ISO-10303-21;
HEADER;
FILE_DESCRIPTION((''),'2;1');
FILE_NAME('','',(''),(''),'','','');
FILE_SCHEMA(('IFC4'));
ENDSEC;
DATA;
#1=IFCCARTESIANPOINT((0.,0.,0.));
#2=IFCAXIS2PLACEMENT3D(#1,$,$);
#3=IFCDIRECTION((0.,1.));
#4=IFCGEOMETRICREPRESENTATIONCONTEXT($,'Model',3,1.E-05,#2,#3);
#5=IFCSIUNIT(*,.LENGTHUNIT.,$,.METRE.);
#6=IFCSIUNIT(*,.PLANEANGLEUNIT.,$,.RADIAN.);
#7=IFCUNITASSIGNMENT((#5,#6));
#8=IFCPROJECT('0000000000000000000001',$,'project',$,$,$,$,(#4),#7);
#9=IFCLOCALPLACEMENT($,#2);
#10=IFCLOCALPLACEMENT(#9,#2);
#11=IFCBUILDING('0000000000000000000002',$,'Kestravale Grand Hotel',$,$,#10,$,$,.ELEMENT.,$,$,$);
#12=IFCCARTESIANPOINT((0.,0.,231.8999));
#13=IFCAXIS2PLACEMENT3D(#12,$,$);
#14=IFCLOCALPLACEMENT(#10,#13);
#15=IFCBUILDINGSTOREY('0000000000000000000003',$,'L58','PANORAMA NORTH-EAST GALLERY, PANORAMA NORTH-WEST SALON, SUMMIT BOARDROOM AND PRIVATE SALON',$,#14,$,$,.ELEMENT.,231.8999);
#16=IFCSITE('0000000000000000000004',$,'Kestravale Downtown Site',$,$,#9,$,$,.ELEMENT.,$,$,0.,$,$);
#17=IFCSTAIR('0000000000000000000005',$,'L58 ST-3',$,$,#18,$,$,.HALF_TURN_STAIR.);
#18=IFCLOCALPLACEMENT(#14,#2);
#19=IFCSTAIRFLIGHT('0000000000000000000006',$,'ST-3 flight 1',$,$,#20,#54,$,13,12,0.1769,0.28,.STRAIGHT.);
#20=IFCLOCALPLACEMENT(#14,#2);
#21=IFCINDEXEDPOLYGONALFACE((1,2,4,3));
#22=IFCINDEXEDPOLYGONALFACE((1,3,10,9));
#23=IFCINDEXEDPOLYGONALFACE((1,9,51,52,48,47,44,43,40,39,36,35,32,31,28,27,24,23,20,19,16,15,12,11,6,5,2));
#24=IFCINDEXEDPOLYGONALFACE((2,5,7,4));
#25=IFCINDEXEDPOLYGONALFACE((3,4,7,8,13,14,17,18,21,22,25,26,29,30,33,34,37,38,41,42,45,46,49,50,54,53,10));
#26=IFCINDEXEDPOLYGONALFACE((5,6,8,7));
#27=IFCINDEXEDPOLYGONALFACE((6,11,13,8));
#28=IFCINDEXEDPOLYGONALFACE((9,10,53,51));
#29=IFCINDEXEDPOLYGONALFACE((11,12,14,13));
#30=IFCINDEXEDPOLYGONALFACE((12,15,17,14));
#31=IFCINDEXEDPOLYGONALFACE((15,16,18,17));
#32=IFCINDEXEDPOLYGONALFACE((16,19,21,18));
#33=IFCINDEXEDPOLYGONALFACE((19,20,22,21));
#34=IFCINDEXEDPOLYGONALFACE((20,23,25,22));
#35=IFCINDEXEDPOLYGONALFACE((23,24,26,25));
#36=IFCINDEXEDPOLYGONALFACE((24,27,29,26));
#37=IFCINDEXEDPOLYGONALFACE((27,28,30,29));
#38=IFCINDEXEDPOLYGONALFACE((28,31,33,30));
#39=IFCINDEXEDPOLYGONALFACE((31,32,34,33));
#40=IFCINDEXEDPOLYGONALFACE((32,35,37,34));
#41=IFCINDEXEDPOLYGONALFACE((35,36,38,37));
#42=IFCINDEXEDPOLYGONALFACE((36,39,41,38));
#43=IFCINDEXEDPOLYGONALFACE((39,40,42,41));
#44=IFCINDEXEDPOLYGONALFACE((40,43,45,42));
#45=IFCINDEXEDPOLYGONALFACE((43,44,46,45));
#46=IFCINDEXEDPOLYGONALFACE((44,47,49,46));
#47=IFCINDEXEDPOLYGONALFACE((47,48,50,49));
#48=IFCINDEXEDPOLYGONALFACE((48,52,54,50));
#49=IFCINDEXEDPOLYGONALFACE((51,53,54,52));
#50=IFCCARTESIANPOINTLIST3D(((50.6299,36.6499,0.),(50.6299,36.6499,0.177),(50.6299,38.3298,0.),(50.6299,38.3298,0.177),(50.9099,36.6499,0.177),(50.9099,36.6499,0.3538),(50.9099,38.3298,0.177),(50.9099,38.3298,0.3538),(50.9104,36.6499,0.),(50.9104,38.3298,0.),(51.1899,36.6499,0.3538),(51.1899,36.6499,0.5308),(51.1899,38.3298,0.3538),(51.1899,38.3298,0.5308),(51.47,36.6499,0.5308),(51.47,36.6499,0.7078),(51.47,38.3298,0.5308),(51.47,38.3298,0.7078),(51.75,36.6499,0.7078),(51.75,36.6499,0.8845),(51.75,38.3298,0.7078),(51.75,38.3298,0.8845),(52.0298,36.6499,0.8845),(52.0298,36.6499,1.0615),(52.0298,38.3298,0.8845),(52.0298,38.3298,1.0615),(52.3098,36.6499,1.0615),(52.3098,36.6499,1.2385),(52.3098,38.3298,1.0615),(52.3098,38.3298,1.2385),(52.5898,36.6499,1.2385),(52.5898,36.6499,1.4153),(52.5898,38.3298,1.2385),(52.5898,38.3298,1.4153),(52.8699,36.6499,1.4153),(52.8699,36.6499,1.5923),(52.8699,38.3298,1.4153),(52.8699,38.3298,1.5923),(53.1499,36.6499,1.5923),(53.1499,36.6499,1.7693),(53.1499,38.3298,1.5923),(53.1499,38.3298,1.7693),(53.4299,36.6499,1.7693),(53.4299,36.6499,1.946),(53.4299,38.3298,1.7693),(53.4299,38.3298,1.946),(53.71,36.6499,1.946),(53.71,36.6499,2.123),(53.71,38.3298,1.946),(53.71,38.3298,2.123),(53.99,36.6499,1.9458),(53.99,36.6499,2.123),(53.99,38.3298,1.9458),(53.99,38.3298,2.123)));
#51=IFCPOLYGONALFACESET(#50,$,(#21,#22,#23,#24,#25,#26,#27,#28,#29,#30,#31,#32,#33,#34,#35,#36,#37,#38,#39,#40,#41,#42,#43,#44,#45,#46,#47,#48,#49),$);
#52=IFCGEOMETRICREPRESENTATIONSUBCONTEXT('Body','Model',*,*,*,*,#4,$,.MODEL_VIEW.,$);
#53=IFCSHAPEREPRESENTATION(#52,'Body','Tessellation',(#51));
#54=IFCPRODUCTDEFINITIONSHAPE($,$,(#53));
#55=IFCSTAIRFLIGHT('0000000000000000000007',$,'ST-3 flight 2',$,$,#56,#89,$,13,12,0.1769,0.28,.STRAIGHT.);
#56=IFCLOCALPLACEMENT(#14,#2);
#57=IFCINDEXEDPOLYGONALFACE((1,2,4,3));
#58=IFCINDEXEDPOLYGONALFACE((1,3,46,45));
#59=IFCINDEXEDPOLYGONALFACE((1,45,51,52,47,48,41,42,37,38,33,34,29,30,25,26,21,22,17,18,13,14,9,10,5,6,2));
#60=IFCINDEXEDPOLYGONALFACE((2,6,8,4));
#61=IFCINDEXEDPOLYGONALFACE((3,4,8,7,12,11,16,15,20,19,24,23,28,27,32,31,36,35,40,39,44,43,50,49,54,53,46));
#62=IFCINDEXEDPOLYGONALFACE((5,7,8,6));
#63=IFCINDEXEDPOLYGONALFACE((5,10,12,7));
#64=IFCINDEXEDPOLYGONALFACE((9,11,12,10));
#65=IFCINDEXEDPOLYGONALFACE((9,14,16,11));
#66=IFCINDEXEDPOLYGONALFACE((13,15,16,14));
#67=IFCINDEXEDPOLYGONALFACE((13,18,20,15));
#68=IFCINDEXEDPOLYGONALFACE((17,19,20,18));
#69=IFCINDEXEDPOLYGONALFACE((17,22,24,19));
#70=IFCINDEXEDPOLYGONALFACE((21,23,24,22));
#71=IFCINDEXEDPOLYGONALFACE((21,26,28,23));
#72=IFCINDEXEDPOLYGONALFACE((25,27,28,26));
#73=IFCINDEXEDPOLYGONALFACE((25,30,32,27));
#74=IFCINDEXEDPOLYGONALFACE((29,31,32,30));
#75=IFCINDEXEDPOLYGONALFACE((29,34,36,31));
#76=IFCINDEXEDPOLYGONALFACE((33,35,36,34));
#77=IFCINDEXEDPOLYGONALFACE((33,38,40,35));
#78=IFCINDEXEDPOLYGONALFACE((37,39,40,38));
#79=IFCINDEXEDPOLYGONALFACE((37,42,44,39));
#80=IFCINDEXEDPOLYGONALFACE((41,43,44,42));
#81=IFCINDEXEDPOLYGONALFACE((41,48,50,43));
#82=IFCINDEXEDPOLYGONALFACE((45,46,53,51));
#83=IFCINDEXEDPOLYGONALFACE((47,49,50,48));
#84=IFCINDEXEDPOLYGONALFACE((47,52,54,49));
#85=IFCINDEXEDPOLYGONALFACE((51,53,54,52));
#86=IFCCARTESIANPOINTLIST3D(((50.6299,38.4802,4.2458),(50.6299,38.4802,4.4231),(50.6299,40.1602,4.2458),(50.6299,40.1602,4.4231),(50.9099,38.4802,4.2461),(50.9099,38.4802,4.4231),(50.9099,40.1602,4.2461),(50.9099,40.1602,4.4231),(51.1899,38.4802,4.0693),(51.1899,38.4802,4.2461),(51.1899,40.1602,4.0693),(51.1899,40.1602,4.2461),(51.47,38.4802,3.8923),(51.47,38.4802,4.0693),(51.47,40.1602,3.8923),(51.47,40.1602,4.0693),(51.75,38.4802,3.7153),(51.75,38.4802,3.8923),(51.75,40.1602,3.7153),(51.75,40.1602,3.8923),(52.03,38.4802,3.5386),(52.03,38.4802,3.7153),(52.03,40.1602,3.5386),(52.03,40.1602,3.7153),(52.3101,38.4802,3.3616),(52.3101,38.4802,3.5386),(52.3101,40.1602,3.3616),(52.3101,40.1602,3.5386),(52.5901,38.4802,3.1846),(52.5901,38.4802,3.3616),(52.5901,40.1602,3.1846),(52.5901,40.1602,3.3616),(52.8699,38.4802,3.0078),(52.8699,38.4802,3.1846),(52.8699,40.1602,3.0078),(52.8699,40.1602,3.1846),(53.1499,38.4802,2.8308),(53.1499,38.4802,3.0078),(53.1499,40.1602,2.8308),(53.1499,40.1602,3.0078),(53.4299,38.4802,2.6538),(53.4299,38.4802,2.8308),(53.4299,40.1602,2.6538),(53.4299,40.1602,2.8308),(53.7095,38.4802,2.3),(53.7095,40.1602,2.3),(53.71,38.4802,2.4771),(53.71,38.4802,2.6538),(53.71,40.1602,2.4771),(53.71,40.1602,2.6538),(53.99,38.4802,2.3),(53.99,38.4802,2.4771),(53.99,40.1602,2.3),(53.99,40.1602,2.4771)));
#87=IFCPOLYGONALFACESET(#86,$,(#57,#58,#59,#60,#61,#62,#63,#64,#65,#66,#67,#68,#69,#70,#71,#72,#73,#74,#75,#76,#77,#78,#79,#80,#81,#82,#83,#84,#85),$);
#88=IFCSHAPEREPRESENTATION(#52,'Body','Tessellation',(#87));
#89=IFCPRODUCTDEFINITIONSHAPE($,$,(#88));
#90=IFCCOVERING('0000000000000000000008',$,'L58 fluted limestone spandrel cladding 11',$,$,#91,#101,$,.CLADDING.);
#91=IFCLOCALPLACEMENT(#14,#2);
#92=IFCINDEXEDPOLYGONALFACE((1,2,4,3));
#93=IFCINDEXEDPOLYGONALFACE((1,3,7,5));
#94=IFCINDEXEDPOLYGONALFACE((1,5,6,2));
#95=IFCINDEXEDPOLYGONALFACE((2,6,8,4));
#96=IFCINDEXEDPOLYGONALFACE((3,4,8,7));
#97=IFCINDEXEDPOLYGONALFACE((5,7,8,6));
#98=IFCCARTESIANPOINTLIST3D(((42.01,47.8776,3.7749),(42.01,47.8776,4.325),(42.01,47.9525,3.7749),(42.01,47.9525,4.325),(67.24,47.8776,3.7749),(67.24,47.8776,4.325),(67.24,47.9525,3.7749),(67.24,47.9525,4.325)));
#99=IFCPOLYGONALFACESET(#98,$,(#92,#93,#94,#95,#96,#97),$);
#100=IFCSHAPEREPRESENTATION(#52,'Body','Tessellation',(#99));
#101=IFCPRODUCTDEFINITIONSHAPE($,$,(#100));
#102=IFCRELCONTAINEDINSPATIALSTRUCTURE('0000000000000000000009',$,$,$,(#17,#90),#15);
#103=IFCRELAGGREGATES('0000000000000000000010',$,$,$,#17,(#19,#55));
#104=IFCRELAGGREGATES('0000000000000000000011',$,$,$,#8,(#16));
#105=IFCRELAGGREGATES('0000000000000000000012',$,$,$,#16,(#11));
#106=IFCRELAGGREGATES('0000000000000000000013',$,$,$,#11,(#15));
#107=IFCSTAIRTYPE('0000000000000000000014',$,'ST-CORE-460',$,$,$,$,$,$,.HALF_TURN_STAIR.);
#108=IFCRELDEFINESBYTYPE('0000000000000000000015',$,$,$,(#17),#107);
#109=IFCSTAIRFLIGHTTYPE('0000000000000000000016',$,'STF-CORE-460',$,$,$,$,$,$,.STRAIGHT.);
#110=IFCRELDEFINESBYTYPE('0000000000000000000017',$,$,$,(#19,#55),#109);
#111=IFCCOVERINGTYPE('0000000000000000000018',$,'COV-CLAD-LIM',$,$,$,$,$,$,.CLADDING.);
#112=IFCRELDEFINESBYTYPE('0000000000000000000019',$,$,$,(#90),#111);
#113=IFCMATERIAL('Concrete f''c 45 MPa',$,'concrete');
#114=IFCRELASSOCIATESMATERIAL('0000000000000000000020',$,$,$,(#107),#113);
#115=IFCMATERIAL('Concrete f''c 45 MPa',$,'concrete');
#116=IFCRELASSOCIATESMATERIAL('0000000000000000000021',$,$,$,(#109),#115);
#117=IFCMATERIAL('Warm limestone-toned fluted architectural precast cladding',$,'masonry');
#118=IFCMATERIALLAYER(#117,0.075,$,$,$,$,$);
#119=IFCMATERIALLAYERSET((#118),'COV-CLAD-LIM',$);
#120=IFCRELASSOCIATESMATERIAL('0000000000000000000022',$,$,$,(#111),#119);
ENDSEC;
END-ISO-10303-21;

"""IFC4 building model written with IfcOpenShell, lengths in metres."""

from ifc_helpers import new_model, si_unit, direction, frame, origin, origin_2d, place, context, subcontext, project, spatial, polyline, rectangle, outline, extrude, material, layer, layer_set, type_object, element, aggregate, save


model = new_model("IFC4")

# Units and contexts
model_context = context("Model", 3, precision=1e-05, world=origin(), true_north=direction((0.0, 1.0)))
body_context = subcontext(model_context, "Body", "Model", "MODEL_VIEW")
ifc_project = project(units=[si_unit("LENGTHUNIT", "METRE"), si_unit("PLANEANGLEUNIT", "RADIAN")], contexts=[model_context])

# Site, building, storey
site_placement = place(None, origin())
site = spatial("IfcSite", under=ifc_project, at=site_placement, Name="Kestravale Downtown Site", CompositionType="ELEMENT", RefElevation=0.0)
building_placement = place(site_placement, origin())
building = spatial("IfcBuilding", under=site, at=building_placement, Name="Kestravale Grand Hotel", CompositionType="ELEMENT")
storey_placement = place(building_placement, frame((0.0, 0.0, 231.8999)))
storey = spatial("IfcBuildingStorey", under=building, at=storey_placement, Name="L58", Description="PANORAMA NORTH-EAST GALLERY, PANORAMA NORTH-WEST SALON, SUMMIT BOARDROOM AND PRIVATE SALON", CompositionType="ELEMENT", Elevation=231.8999)

# Stair, stair flights
ifc_material_1 = material(Name="Concrete f'c 45 MPa", Category="concrete")
stair_type = type_object("IfcStairType", Name="ST-CORE-460", PredefinedType="HALF_TURN_STAIR", material=ifc_material_1)
stair_placement = place(storey_placement, origin())
stair = element("IfcStair", 1, at=stair_placement, inside=storey, type_object=stair_type, Name="L58 ST-3", PredefinedType="HALF_TURN_STAIR")
ifc_material_2 = material(Name="Concrete f'c 45 MPa", Category="concrete")
stair_flight_type = type_object("IfcStairFlightType", Name="STF-CORE-460", PredefinedType="STRAIGHT", material=ifc_material_2)
stair_flight_1_placement = place(storey_placement, frame((50.6299, 37.49, 0.0), z_axis=(0.0, 0.0, 1.0), x_axis=(1.0, 0.0, 0.0)))
stair_flight_1 = element("IfcStairFlight", 2, at=stair_flight_1_placement, type_object=stair_flight_type, Name="ST-3 flight 1", NumberOfRisers=13, NumberOfTreads=12, PredefinedType="STRAIGHT", RiserHeight=0.1769, TreadLength=0.28, context=body_context, shape_type="SweptSolid", body=[
    extrude(outline(polyline([(0.0, 0.0), (0.0, 0.177), (0.28, 0.177), (0.28, 0.3538), (0.5601, 0.3538), (0.5601, 0.5308), (0.8401, 0.5308), (0.8401, 0.7078), (1.1201, 0.7078), (1.1201, 0.8845), (1.3999, 0.8845), (1.3999, 1.0615), (1.6799, 1.0615), (1.6799, 1.2385), (1.96, 1.2385), (1.96, 1.4153), (2.24, 1.4153), (2.24, 1.5923), (2.52, 1.5923), (2.52, 1.7693), (2.8, 1.7693), (2.8, 1.946), (3.0801, 1.946), (3.0801, 2.123), (3.3601, 2.123), (3.3601, 2.3), (3.3601, 1.9458), (0.2805, 0.0), (0.0, 0.0)])), frame((0.0, 0.8398, 0.0), z_axis=(0.0, -1.0, 0.0), x_axis=(1.0, 0.0, 0.0)), (0.0, 0.0, 1.0), 1.6799),
])
stair_flight_2_placement = place(storey_placement, frame((53.99, 39.3201, 2.3), z_axis=(0.0, 0.0, 1.0), x_axis=(-1.0, 0.0, 0.0)))
stair_flight_2 = element("IfcStairFlight", 3, at=stair_flight_2_placement, type_object=stair_flight_type, Name="ST-3 flight 2", NumberOfRisers=13, NumberOfTreads=12, PredefinedType="STRAIGHT", RiserHeight=0.1769, TreadLength=0.28, context=body_context, shape_type="SweptSolid", body=[
    extrude(outline(polyline([(0.0, 0.0), (0.0, 0.177), (0.28, 0.177), (0.28, 0.3538), (0.5601, 0.3538), (0.5601, 0.5308), (0.8401, 0.5308), (0.8401, 0.7078), (1.1201, 0.7078), (1.1201, 0.8845), (1.3999, 0.8845), (1.3999, 1.0615), (1.6799, 1.0615), (1.6799, 1.2385), (1.96, 1.2385), (1.96, 1.4153), (2.24, 1.4153), (2.24, 1.5923), (2.52, 1.5923), (2.52, 1.7693), (2.8, 1.7693), (2.8, 1.946), (3.0801, 1.946), (3.0801, 2.123), (3.3601, 2.123), (3.3601, 2.3), (3.3601, 1.9458), (0.2805, 0.0), (0.0, 0.0)])), frame((0.0, 0.8398, 0.0), z_axis=(0.0, -1.0, 0.0), x_axis=(1.0, 0.0, 0.0)), (0.0, 0.0, 1.0), 1.6799),
])
aggregate(stair, [stair_flight_1, stair_flight_2])

# Covering
ifc_material_3 = material(Name="Warm limestone-toned fluted architectural precast cladding", Category="masonry")
ifc_layer_1 = layer(ifc_material_3, 0.075)
ifc_layer_set_1 = layer_set([ifc_layer_1], Name="COV-CLAD-LIM")
covering_type = type_object("IfcCoveringType", Name="COV-CLAD-LIM", PredefinedType="CLADDING", material=ifc_layer_set_1)
covering_placement = place(storey_placement, frame((54.625, 47.915, 3.7749), z_axis=(0.0, 0.0, 1.0), x_axis=(-1.0, 0.0, 0.0)))
element("IfcCovering", 4, at=covering_placement, inside=storey, type_object=covering_type, Name="L58 fluted limestone spandrel cladding 11", PredefinedType="CLADDING", context=body_context, shape_type="SweptSolid", body=[
    extrude(rectangle(XDim=25.23, YDim=0.075, at=origin_2d()), origin(), (0.0, 0.0, 1.0), 0.55),
])

save(model, "model.ifc")
